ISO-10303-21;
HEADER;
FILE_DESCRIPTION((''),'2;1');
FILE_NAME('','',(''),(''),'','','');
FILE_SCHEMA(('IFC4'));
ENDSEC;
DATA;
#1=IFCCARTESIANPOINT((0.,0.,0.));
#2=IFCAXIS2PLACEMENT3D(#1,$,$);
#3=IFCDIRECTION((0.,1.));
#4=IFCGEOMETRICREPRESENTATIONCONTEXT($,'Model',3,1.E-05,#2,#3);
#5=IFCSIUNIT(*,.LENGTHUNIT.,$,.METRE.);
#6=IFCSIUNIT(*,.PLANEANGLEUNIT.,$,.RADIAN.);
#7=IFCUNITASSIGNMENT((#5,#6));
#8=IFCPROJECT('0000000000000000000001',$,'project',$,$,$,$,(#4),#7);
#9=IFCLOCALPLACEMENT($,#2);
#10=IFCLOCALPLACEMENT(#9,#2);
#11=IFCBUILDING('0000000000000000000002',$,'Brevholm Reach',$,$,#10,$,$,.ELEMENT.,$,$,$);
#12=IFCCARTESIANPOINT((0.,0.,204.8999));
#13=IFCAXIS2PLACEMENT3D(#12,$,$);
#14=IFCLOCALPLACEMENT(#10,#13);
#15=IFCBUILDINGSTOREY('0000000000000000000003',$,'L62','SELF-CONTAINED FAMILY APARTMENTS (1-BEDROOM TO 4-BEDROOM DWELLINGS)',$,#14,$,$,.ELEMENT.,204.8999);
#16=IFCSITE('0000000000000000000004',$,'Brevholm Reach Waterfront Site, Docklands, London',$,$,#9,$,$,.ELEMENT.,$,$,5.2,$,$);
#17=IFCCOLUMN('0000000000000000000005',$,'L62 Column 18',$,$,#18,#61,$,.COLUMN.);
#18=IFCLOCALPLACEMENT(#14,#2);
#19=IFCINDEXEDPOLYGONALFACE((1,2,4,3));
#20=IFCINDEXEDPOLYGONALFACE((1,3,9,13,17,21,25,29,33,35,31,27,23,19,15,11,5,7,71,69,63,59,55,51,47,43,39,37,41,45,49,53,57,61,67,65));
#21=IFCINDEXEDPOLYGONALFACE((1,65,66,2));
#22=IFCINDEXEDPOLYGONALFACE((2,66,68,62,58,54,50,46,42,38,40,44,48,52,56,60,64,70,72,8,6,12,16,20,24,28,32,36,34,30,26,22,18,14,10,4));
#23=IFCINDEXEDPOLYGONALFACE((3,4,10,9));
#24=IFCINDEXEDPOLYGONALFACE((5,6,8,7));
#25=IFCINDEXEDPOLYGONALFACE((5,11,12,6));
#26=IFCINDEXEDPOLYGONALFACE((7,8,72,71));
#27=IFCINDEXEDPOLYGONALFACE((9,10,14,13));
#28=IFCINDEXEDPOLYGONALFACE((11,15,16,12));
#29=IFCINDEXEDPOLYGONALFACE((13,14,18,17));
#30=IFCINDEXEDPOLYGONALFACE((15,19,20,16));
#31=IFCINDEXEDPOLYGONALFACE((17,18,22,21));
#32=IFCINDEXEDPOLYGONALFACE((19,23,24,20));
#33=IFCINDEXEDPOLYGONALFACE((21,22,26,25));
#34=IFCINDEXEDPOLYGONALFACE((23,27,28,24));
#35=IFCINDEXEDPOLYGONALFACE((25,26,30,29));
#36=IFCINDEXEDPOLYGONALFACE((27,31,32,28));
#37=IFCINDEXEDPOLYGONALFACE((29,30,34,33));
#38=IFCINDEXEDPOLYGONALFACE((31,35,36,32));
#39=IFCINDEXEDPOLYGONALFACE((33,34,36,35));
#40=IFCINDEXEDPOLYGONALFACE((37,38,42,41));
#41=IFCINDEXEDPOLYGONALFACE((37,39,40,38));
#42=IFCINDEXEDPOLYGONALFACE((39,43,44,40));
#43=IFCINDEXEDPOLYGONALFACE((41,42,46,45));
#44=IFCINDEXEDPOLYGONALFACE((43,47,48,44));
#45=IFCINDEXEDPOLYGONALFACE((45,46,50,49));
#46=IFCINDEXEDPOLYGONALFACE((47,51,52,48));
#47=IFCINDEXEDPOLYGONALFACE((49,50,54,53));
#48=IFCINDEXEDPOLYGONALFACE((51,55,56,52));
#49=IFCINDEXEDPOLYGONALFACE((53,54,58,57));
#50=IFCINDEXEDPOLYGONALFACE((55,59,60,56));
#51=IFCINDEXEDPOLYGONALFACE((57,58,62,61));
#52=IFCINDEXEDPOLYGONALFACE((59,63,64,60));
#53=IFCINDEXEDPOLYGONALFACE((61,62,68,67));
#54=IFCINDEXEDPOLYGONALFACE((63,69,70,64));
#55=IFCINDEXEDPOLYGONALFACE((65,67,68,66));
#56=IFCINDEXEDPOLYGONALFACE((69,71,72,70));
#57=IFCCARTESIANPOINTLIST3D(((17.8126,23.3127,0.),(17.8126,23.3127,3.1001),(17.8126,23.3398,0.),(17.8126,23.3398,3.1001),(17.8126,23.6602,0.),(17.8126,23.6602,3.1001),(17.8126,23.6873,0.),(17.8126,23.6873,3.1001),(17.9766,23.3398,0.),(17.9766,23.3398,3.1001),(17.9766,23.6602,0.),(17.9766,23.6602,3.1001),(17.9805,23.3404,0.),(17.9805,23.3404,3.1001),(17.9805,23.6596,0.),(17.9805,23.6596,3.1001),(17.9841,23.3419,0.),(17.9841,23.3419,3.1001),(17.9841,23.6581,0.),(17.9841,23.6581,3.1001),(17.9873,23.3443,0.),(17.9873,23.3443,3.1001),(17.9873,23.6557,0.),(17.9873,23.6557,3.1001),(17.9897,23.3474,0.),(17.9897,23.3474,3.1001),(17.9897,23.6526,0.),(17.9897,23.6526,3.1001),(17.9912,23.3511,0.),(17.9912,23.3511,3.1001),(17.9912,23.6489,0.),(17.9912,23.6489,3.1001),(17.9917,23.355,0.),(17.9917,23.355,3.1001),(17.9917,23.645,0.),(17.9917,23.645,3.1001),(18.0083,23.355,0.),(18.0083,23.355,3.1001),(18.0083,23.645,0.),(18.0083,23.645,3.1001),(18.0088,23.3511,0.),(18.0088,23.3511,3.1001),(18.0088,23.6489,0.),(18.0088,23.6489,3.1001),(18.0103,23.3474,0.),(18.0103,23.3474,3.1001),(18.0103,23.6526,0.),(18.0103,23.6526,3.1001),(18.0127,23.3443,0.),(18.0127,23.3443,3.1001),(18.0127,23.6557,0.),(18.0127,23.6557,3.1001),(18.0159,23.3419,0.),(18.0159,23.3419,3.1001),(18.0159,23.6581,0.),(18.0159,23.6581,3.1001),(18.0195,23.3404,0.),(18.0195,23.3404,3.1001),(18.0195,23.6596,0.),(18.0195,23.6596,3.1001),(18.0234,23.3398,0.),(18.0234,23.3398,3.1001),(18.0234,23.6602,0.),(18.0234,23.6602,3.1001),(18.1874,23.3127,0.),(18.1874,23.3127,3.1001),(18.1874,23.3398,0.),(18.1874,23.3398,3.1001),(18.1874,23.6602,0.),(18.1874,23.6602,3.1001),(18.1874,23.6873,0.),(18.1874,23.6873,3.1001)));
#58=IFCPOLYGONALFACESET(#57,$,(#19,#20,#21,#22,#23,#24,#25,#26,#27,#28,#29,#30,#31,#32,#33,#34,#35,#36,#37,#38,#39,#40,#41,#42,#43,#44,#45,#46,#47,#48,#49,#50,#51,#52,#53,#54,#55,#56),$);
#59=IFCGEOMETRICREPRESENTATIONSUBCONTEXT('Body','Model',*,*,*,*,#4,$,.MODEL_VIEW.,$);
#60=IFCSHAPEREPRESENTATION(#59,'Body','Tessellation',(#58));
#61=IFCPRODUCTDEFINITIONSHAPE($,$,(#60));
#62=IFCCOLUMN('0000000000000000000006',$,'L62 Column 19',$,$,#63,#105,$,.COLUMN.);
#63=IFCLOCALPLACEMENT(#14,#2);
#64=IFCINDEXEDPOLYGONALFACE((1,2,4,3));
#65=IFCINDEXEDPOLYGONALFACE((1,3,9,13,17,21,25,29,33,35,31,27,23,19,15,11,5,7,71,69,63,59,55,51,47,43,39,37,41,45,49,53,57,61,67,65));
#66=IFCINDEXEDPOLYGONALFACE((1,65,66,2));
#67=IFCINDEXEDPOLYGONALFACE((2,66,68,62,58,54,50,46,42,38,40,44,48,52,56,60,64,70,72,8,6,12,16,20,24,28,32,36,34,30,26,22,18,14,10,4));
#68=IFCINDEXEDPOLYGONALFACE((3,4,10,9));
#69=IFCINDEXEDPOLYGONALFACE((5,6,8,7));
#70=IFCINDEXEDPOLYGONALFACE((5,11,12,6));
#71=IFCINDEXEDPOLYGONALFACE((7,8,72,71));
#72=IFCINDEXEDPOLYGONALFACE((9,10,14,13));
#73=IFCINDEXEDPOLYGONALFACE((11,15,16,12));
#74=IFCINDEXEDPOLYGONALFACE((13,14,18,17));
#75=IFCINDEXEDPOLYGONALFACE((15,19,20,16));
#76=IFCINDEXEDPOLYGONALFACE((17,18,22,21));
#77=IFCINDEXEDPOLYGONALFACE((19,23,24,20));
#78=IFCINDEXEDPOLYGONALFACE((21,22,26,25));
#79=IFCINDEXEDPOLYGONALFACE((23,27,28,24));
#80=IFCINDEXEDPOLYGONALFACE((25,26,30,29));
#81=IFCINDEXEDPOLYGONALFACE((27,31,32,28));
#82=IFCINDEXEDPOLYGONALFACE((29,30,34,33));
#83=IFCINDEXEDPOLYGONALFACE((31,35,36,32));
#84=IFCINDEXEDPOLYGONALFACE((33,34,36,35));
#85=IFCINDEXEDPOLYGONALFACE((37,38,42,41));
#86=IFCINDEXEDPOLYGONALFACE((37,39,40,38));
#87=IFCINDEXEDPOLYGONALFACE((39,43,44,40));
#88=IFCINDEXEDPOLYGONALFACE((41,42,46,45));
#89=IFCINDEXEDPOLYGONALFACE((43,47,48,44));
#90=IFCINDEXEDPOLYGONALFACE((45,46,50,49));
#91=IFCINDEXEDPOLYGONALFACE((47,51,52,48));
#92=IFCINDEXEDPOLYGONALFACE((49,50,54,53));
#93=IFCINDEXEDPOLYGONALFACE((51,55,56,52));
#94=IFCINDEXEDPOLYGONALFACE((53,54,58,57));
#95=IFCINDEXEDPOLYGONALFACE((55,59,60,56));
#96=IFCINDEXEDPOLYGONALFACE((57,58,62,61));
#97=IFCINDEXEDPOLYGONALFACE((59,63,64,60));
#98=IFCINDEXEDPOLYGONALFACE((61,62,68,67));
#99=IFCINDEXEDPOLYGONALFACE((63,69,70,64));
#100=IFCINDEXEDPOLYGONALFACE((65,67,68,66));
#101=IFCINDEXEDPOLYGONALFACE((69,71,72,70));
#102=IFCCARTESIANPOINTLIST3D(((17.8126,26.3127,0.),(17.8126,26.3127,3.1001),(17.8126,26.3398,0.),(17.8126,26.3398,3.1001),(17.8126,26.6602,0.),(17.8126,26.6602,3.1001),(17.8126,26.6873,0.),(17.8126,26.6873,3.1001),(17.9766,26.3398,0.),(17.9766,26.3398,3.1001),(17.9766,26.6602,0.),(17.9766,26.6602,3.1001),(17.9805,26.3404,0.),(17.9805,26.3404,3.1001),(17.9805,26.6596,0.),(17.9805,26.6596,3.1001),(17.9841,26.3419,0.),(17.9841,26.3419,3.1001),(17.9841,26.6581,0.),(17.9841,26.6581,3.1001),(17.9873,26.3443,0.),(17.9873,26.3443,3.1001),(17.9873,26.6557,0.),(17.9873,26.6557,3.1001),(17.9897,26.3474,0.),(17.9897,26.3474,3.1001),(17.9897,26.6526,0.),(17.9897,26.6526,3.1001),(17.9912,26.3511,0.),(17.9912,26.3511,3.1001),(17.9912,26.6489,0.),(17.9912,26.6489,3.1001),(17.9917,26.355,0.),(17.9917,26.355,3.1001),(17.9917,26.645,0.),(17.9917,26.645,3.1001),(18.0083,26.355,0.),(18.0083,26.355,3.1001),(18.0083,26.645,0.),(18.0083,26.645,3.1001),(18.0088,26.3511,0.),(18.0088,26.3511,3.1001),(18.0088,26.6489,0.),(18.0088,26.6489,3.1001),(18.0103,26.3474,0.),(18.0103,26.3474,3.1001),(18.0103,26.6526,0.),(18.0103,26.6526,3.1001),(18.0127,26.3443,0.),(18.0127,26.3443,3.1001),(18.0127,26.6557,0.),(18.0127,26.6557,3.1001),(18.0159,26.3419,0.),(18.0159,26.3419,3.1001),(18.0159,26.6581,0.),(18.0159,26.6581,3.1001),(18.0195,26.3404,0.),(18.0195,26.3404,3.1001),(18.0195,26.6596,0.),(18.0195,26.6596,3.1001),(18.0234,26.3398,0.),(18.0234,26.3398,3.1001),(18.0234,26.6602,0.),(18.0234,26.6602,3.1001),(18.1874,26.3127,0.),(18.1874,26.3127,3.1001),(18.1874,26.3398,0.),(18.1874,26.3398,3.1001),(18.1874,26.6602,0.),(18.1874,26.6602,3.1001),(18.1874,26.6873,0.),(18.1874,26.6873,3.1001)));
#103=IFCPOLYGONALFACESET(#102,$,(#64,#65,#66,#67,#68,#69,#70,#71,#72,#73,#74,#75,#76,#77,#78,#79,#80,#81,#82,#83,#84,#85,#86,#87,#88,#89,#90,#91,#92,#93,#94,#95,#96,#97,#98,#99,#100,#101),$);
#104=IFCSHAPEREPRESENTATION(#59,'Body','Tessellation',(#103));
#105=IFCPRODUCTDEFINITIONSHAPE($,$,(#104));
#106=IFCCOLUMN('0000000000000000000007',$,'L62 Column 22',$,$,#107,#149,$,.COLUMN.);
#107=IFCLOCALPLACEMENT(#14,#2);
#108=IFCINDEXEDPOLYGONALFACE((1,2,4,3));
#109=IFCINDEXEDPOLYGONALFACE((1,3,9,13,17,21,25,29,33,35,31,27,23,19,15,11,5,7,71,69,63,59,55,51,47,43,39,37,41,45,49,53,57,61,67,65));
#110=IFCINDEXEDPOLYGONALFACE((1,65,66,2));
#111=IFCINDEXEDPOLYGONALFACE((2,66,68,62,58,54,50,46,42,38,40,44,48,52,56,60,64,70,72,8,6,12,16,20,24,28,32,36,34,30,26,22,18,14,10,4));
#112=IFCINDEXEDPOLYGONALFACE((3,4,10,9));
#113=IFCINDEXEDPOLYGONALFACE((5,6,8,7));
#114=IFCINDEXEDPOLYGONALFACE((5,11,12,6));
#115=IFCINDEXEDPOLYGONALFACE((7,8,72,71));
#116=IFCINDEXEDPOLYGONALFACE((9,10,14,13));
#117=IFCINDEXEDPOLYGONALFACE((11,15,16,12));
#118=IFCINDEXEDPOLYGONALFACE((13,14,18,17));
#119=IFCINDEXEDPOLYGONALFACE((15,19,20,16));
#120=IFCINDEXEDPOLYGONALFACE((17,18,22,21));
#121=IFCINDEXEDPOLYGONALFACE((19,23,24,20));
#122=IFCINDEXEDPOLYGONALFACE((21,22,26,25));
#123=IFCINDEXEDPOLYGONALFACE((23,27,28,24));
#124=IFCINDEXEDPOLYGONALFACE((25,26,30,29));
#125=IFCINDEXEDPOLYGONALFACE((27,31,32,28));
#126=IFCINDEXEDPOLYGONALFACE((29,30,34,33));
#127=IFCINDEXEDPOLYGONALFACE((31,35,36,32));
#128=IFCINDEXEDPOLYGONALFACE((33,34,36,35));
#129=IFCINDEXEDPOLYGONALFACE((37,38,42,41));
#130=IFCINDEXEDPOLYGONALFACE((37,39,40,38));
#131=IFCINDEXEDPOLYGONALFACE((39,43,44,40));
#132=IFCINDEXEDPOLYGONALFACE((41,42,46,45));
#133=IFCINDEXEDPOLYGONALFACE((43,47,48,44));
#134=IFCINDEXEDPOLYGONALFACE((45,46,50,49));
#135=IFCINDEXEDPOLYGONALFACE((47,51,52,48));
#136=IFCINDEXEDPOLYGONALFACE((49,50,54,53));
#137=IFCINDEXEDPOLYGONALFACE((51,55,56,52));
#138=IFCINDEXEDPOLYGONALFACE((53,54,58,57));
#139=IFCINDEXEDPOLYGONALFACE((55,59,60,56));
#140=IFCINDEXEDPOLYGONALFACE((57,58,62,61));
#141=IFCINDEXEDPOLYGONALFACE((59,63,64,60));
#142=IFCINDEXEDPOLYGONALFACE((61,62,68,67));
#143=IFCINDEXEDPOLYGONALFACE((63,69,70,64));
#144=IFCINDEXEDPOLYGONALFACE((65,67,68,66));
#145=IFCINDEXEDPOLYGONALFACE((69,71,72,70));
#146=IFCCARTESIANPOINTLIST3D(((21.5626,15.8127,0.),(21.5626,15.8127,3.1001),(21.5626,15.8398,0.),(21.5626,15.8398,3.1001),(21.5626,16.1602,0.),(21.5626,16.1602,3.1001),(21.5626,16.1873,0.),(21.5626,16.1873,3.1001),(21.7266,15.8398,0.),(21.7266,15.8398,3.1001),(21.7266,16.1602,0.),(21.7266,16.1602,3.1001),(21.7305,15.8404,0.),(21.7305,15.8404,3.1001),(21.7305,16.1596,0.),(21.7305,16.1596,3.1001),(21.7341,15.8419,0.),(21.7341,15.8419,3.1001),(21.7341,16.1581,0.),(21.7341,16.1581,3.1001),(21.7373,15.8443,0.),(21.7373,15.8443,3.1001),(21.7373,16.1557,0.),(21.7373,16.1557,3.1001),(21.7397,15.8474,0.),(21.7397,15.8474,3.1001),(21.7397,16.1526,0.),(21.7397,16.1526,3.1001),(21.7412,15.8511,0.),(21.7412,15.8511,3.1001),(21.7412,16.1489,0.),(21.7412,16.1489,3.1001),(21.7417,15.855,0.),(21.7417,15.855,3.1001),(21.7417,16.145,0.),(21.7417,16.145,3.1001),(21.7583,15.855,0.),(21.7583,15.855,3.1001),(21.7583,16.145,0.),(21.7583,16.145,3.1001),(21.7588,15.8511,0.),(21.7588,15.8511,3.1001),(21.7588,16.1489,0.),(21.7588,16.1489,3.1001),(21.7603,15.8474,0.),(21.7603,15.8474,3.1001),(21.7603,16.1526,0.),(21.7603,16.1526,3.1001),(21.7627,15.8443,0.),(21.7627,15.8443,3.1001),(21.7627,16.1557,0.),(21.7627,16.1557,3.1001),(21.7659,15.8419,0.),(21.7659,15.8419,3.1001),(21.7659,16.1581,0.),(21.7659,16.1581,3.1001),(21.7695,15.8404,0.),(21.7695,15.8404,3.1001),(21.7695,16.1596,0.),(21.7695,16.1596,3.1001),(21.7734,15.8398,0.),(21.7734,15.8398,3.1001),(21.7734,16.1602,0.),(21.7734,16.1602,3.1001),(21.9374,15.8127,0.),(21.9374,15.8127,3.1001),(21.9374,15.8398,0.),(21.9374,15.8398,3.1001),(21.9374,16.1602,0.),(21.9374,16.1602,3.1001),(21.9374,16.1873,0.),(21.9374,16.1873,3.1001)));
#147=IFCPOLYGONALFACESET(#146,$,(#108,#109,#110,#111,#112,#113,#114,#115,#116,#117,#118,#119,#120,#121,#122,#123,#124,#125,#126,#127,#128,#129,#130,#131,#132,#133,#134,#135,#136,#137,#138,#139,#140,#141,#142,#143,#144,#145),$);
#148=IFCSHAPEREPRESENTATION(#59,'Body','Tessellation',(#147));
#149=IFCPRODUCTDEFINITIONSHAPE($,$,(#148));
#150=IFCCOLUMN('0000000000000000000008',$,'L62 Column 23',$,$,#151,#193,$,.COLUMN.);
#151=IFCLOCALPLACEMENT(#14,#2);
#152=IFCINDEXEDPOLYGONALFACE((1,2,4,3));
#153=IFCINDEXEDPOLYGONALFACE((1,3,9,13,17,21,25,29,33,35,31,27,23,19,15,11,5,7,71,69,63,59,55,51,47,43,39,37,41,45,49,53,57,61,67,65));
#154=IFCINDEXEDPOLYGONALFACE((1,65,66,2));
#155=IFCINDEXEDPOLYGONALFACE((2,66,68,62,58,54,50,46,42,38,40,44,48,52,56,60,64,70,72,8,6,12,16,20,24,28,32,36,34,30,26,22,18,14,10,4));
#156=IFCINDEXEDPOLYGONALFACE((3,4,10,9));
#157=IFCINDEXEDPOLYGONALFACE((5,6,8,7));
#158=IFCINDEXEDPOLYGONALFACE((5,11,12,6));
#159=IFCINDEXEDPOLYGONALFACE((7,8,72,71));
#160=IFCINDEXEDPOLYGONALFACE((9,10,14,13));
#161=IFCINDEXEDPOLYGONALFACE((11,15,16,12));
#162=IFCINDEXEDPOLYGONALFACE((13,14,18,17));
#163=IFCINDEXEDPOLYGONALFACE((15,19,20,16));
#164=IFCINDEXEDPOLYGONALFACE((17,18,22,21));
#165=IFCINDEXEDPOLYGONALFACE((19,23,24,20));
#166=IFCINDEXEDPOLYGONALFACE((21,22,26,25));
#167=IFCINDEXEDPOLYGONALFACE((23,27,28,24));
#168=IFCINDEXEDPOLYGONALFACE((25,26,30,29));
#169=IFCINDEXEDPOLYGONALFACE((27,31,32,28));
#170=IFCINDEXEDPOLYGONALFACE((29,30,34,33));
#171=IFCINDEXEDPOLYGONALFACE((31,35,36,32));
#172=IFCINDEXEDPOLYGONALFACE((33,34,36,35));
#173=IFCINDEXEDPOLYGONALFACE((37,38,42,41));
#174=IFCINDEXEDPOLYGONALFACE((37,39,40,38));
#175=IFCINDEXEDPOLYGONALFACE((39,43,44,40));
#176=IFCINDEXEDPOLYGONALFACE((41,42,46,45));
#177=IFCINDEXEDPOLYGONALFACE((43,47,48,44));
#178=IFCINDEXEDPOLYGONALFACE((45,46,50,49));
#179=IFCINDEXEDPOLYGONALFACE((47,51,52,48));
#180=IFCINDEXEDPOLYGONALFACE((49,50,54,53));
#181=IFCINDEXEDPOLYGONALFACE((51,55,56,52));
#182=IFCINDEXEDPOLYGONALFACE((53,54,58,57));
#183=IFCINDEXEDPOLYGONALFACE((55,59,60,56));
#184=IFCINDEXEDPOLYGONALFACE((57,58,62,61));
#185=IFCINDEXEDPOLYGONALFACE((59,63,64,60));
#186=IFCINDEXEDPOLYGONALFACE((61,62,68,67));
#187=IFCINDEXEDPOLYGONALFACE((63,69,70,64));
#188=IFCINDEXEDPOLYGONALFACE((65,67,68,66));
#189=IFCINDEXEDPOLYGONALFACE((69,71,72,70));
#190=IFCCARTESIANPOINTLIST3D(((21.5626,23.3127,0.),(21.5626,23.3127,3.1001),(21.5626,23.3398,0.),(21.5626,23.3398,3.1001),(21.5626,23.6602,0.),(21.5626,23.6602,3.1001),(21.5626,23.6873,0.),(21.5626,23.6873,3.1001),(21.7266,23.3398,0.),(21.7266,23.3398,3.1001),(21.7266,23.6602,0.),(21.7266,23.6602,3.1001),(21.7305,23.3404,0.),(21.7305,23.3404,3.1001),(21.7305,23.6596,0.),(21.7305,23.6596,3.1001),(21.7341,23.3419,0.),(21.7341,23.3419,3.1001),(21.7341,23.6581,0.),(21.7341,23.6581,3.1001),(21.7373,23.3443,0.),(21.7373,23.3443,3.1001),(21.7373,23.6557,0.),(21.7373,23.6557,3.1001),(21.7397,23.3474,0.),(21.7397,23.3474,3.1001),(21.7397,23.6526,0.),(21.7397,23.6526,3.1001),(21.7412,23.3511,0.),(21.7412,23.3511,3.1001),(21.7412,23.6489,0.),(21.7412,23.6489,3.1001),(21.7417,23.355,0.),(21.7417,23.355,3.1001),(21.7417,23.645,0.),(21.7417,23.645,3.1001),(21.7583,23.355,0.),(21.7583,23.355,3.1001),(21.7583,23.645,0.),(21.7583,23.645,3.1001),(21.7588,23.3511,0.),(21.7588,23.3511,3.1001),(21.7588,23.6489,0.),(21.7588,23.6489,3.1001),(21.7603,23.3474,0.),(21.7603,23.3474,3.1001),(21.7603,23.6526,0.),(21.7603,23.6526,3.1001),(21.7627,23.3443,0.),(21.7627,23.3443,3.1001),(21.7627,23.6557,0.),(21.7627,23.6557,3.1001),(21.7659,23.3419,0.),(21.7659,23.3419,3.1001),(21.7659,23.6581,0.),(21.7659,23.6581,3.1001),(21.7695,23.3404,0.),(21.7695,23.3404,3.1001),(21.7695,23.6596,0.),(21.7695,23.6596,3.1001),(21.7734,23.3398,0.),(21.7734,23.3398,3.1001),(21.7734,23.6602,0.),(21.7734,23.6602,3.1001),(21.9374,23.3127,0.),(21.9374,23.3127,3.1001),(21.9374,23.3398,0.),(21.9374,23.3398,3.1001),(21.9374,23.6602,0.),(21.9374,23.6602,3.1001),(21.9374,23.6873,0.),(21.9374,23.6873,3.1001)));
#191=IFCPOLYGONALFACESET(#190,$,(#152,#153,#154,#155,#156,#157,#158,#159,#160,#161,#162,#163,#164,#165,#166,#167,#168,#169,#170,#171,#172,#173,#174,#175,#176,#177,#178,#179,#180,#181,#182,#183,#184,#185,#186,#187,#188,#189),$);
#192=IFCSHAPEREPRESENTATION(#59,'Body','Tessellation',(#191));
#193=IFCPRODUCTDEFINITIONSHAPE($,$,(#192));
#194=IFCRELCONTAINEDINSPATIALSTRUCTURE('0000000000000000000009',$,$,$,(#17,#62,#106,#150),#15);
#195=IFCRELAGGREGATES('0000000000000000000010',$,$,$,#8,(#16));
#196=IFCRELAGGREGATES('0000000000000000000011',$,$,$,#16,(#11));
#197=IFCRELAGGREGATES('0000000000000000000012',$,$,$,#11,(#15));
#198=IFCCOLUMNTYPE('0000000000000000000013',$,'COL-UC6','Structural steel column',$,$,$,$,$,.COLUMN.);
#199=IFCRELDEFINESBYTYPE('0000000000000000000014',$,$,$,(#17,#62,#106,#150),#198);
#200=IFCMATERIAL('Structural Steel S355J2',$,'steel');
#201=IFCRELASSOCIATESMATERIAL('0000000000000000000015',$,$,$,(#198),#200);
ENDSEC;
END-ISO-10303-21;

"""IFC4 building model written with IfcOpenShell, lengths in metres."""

from ifc_helpers import new_model, si_unit, direction, frame, origin, origin_2d, place, context, subcontext, project, spatial, i_section, extrude, material, material_profile, profile_set, type_object, element, save


model = new_model("IFC4")

# Units and contexts
model_context = context("Model", 3, precision=1e-05, world=origin(), true_north=direction((0.0, 1.0)))
body_context = subcontext(model_context, "Body", "Model", "MODEL_VIEW")
ifc_project = project(units=[si_unit("LENGTHUNIT", "METRE"), si_unit("PLANEANGLEUNIT", "RADIAN")], contexts=[model_context])

# Site, building, storey
site_placement = place(None, origin())
site = spatial("IfcSite", under=ifc_project, at=site_placement, Name="Brevholm Reach Waterfront Site, Docklands, London", CompositionType="ELEMENT", RefElevation=5.2)
building_placement = place(site_placement, origin())
building = spatial("IfcBuilding", under=site, at=building_placement, Name="Brevholm Reach", CompositionType="ELEMENT")
storey_placement = place(building_placement, frame((0.0, 0.0, 204.8999)))
storey = spatial("IfcBuildingStorey", under=building, at=storey_placement, Name="L62", Description="SELF-CONTAINED FAMILY APARTMENTS (1-BEDROOM TO 4-BEDROOM DWELLINGS)", CompositionType="ELEMENT", Elevation=204.8999)

# Columns
ifc_material_1 = material(Name="Structural Steel S355J2", Category="steel")
ifc_material_profile_1 = material_profile(ifc_material_1, i_section(OverallWidth=0.3748, OverallDepth=0.3745, WebThickness=0.0166, FlangeThickness=0.0271, FilletRadius=0.0151, at=origin_2d()), Name="UKC 356x368x202")
ifc_profile_set_1 = profile_set([ifc_material_profile_1], Name="Structural Steel S355J2")
column_type = type_object("IfcColumnType", Name="COL-UC6", Description="Structural steel column", PredefinedType="COLUMN", material=ifc_profile_set_1)
for number, where, z_axis, x_axis, name in (
    (1, (18.0, 23.5, 0.0), (0.0, 0.0, 1.0), (1.0, 0.0, 0.0), "L62 Column 18"),
    (2, (18.0, 26.5, 0.0), (0.0, 0.0, 1.0), (1.0, 0.0, 0.0), "L62 Column 19"),
    (3, (21.75, 16.0, 0.0), (0.0, 0.0, 1.0), (1.0, 0.0, 0.0), "L62 Column 22"),
    (4, (21.75, 23.5, 0.0), (0.0, 0.0, 1.0), (1.0, 0.0, 0.0), "L62 Column 23"),
):
    element("IfcColumn", number, at=place(storey_placement, frame(where, z_axis=z_axis, x_axis=x_axis)), inside=storey, type_object=column_type, Name=name, PredefinedType="COLUMN", context=body_context, shape_type="SweptSolid", body=[
        extrude(i_section(OverallWidth=0.3748, OverallDepth=0.3745, WebThickness=0.0166, FlangeThickness=0.0271, FilletRadius=0.0151, at=origin_2d()), origin(), (0.0, 0.0, 1.0), 3.1001),
    ])

save(model, "model.ifc")
